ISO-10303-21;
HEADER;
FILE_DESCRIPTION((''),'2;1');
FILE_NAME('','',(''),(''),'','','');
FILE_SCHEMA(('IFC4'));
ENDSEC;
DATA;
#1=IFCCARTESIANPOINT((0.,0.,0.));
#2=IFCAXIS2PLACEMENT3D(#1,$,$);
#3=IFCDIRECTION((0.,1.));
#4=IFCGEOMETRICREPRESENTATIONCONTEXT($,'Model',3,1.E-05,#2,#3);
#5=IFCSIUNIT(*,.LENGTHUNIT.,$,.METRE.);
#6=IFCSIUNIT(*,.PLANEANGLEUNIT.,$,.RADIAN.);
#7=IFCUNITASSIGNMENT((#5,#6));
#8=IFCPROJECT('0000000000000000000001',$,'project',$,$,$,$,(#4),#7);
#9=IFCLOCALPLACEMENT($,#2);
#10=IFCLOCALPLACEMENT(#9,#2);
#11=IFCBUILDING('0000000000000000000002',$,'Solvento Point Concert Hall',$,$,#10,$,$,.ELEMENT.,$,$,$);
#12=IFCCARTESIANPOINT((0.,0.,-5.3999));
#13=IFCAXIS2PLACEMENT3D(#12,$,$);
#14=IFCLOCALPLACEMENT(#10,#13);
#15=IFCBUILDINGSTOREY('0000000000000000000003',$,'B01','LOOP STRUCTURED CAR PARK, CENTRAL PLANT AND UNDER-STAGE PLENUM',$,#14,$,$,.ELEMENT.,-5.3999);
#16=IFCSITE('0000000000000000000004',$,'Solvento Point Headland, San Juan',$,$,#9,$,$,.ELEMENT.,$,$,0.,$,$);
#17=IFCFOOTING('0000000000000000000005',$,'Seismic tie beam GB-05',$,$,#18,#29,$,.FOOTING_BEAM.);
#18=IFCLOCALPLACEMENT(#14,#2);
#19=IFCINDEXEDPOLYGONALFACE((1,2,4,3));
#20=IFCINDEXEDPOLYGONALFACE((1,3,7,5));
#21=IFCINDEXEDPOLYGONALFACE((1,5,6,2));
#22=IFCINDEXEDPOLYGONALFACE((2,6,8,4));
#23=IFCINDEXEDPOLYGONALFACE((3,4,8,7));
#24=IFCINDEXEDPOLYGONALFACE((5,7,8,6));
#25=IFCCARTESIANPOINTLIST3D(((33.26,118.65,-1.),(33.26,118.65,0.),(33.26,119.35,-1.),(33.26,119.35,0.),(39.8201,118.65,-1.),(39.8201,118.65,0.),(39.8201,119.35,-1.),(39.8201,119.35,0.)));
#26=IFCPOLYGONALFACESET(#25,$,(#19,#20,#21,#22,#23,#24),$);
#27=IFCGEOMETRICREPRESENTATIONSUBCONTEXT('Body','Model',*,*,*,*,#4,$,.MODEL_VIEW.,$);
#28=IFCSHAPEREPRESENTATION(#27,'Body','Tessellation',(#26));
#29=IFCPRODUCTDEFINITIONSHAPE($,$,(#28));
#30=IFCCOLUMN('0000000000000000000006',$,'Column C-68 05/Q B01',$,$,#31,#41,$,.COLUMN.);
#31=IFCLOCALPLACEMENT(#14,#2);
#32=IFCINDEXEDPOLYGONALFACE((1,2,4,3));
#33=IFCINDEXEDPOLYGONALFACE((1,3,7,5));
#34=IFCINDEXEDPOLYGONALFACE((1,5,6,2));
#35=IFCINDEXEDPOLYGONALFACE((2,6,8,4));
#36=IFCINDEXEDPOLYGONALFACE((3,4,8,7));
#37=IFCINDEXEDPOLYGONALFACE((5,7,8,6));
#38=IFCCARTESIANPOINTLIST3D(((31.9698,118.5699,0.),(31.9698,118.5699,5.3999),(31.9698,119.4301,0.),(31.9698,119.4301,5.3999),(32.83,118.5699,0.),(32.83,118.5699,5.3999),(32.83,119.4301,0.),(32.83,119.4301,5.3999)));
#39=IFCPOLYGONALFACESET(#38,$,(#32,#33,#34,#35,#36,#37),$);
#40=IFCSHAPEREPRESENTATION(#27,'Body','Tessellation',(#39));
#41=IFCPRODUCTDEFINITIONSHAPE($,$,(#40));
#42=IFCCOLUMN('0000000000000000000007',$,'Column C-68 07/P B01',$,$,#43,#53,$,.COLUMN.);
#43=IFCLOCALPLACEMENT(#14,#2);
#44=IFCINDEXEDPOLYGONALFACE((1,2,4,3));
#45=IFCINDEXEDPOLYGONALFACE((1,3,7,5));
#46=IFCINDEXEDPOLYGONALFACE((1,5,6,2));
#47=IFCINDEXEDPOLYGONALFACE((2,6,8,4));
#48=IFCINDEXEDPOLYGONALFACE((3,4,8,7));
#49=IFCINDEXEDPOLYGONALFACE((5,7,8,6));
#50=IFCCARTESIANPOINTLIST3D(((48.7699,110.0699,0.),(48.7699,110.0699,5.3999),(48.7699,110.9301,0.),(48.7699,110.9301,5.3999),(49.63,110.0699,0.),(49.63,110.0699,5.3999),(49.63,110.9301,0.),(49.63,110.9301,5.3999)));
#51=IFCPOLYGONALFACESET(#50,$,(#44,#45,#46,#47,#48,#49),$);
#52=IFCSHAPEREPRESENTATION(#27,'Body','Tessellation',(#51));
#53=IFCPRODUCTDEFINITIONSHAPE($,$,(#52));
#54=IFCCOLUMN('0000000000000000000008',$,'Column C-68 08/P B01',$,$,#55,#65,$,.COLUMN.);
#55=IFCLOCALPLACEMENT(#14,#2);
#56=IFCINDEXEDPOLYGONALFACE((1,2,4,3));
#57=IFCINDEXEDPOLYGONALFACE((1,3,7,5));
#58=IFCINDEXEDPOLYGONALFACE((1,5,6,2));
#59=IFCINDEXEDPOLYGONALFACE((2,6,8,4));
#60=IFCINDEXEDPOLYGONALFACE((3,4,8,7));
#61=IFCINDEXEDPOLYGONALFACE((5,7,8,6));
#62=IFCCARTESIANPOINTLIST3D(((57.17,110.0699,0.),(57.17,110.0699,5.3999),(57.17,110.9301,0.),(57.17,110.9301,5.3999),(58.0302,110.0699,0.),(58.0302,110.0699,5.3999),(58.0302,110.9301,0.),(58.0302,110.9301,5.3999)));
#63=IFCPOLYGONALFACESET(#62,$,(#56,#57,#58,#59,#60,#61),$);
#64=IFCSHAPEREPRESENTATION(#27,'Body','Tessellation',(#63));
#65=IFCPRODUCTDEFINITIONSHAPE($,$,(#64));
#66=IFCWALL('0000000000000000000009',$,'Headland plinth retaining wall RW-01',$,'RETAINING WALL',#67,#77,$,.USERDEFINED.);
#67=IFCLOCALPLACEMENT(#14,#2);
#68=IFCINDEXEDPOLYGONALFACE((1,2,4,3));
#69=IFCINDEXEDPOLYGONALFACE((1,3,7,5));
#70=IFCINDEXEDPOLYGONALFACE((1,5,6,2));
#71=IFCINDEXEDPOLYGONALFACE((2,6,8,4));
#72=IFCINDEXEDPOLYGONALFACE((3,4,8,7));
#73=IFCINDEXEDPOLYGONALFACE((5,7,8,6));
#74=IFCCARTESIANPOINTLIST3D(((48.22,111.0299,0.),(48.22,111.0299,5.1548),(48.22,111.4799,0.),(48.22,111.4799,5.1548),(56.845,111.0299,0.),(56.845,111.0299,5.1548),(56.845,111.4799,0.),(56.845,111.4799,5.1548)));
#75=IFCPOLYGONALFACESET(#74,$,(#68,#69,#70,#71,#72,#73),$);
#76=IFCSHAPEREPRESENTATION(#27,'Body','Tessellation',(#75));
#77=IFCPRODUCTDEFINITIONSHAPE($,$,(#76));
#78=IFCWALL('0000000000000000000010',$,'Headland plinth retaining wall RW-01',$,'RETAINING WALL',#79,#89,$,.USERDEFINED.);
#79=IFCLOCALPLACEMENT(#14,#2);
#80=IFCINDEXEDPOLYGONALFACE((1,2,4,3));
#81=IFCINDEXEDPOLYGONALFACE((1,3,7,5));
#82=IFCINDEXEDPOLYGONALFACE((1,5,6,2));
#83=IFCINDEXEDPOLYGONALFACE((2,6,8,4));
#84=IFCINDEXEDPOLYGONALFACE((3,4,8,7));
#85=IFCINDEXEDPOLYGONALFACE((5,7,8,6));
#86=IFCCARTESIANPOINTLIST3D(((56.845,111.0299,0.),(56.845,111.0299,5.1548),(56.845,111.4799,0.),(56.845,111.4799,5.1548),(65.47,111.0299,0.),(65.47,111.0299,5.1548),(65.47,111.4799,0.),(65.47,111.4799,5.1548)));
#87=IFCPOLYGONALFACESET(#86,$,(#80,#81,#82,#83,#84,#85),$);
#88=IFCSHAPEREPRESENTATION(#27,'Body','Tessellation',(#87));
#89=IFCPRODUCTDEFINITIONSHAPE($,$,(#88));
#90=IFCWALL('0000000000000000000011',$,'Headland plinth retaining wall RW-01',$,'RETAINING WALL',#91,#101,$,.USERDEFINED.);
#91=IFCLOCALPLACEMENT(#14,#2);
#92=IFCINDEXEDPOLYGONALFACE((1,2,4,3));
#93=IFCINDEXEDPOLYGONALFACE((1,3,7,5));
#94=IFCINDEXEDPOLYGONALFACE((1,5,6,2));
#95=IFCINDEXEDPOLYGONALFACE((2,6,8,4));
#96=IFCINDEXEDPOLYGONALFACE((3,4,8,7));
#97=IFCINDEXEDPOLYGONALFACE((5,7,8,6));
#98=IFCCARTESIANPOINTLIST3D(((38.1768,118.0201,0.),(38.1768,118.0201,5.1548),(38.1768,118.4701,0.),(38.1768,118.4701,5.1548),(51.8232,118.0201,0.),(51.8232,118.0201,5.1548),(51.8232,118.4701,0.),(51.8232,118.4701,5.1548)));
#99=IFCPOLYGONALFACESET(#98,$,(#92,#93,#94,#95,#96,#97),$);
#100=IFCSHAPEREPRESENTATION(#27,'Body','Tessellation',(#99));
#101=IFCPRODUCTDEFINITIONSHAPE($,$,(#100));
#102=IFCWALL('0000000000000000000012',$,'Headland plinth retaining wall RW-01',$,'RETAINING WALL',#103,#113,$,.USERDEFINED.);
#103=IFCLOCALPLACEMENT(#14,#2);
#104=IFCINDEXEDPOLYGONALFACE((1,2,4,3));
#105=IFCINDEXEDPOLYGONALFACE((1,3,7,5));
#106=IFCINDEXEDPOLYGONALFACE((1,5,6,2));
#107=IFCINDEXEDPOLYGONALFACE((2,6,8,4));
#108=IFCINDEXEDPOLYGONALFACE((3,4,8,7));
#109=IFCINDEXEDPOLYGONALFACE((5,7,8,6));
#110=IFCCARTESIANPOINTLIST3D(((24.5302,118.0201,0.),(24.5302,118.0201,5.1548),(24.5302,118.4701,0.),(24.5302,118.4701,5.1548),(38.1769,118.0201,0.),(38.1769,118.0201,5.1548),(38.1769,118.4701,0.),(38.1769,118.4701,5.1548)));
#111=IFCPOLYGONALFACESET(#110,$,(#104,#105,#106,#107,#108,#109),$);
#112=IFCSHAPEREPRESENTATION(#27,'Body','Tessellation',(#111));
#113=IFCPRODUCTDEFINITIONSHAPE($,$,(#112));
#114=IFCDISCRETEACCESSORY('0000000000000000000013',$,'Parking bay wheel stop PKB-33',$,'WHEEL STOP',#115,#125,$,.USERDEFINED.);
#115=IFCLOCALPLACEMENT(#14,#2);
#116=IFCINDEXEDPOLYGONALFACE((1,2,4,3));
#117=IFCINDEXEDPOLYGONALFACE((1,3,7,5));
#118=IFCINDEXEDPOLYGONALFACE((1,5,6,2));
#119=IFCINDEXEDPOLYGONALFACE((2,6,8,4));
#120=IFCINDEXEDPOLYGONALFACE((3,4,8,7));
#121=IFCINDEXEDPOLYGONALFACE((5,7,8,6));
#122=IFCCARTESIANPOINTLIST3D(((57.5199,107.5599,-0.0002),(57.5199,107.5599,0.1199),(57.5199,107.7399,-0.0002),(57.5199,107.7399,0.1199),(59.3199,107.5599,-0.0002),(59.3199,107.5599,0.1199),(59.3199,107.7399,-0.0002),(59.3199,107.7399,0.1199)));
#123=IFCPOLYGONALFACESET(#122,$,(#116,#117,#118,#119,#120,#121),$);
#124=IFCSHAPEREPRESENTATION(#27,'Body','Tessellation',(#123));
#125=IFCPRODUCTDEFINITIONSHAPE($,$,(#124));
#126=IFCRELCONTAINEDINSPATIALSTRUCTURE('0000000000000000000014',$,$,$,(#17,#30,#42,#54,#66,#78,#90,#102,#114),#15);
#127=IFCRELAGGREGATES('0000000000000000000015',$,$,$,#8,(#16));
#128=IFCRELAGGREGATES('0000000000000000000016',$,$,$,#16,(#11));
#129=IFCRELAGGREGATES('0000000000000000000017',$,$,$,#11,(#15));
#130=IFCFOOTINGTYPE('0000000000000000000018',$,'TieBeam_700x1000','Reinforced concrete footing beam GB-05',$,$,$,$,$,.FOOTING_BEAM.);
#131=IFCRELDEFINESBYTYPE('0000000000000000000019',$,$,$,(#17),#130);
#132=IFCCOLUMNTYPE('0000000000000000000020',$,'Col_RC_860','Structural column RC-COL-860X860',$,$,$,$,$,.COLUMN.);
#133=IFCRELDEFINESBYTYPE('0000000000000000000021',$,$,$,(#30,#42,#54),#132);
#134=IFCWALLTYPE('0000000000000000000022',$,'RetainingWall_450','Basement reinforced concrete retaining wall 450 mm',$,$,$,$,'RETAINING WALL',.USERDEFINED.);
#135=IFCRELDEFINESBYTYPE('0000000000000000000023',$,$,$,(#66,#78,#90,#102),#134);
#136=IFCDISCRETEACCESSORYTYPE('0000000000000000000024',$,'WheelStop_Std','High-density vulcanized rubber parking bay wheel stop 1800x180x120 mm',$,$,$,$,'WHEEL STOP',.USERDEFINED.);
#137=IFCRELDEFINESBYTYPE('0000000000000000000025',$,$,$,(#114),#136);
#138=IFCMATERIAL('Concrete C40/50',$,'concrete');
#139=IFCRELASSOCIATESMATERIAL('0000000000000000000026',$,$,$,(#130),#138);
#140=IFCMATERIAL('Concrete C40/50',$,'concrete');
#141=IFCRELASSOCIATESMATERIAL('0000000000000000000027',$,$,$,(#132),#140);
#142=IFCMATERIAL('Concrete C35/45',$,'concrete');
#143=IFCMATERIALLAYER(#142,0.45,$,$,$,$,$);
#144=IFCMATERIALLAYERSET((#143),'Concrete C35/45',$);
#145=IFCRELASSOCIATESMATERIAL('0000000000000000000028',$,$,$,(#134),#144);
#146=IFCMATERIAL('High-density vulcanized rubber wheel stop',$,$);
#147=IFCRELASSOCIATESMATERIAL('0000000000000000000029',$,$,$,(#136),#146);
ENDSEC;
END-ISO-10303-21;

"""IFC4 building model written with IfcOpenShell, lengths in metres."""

from ifc_helpers import new_model, si_unit, direction, frame, frame_2d, origin, origin_2d, place, context, subcontext, project, spatial, rectangle, extrude, material, layer, layer_set, material_profile, profile_set, type_object, element, save


model = new_model("IFC4")

# Units and contexts
model_context = context("Model", 3, precision=1e-05, world=origin(), true_north=direction((0.0, 1.0)))
body_context = subcontext(model_context, "Body", "Model", "MODEL_VIEW")
ifc_project = project(units=[si_unit("LENGTHUNIT", "METRE"), si_unit("PLANEANGLEUNIT", "RADIAN")], contexts=[model_context])

# Site, building, storey
site_placement = place(None, origin())
site = spatial("IfcSite", under=ifc_project, at=site_placement, Name="Solvento Point Headland, San Juan", CompositionType="ELEMENT", RefElevation=0.0)
building_placement = place(site_placement, origin())
building = spatial("IfcBuilding", under=site, at=building_placement, Name="Solvento Point Concert Hall", CompositionType="ELEMENT")
storey_placement = place(building_placement, frame((0.0, 0.0, -5.3999)))
storey = spatial("IfcBuildingStorey", under=building, at=storey_placement, Name="B01", Description="LOOP STRUCTURED CAR PARK, CENTRAL PLANT AND UNDER-STAGE PLENUM", CompositionType="ELEMENT", Elevation=-5.3999)

# Footing
ifc_material_1 = material(Name="Concrete C40/50", Category="concrete")
footing_type_1 = type_object("IfcFootingType", Name="TieBeam_700x1000", Description="Reinforced concrete footing beam GB-05", PredefinedType="FOOTING_BEAM", material=ifc_material_1)
footing_1_placement = place(storey_placement, frame((36.54, 119.0, -1.0), z_axis=(0.0, 0.0, 1.0), x_axis=(1.0, 0.0, 0.0)))
element("IfcFooting", 1, at=footing_1_placement, inside=storey, type_object=footing_type_1, Name="Seismic tie beam GB-05", PredefinedType="FOOTING_BEAM", context=body_context, shape_type="SweptSolid", body=[
    extrude(rectangle(XDim=6.5601, YDim=0.7, at=origin_2d()), origin(), (0.0, 0.0, 1.0), 1.0),
])

# Columns
ifc_material_2 = material(Name="Concrete C40/50", Category="concrete")
ifc_material_profile_1 = material_profile(ifc_material_2, rectangle(XDim=0.8601, YDim=0.8601, at=origin_2d()), Name="RC-COL-860X860")
ifc_profile_set_1 = profile_set([ifc_material_profile_1], Name="Concrete C40/50")
column_type = type_object("IfcColumnType", Name="Col_RC_860", Description="Structural column RC-COL-860X860", PredefinedType="COLUMN", material=ifc_profile_set_1)
for number, where, z_axis, x_axis, name in (
    (2, (32.3999, 119.0, 0.0), (0.0, 0.0, 1.0), (1.0, 0.0, 0.0), "Column C-68 05/Q B01"),
    (3, (49.2, 110.5, 0.0), (0.0, 0.0, 1.0), (1.0, 0.0, 0.0), "Column C-68 07/P B01"),
    (4, (57.6001, 110.5, 0.0), (0.0, 0.0, 1.0), (1.0, 0.0, 0.0), "Column C-68 08/P B01"),
):
    element("IfcColumn", number, at=place(storey_placement, frame(where, z_axis=z_axis, x_axis=x_axis)), inside=storey, type_object=column_type, Name=name, PredefinedType="COLUMN", context=body_context, shape_type="SweptSolid", body=[
        extrude(rectangle(XDim=0.8601, YDim=0.8601, at=origin_2d()), origin(), (0.0, 0.0, 1.0), 5.3999),
    ])

# Walls
ifc_material_3 = material(Name="Concrete C35/45", Category="concrete")
ifc_layer = layer(ifc_material_3, 0.45)
ifc_layer_set = layer_set([ifc_layer], Name="Concrete C35/45")
wall_type = type_object("IfcWallType", Name="RetainingWall_450", Description="Basement reinforced concrete retaining wall 450 mm", ElementType="RETAINING WALL", PredefinedType="USERDEFINED", material=ifc_layer_set)
for number, where, z_axis, x_axis, name in (
    (5, (48.22, 111.2549, 0.0), (0.0, 0.0, 1.0), (1.0, 0.0, 0.0), "Headland plinth retaining wall RW-01"),
    (6, (56.845, 111.2549, 0.0), (0.0, 0.0, 1.0), (1.0, 0.0, 0.0), "Headland plinth retaining wall RW-01"),
):
    element("IfcWall", number, at=place(storey_placement, frame(where, z_axis=z_axis, x_axis=x_axis)), inside=storey, type_object=wall_type, Name=name, ObjectType="RETAINING WALL", PredefinedType="USERDEFINED", context=body_context, shape_type="SweptSolid", body=[
        extrude(rectangle(XDim=8.625, YDim=0.45, at=frame_2d((4.3125, 0.0))), origin(), (0.0, 0.0, 1.0), 5.1548),
    ])
wall_1_placement = place(storey_placement, frame((51.8232, 118.2451, 0.0), z_axis=(0.0, 0.0, 1.0), x_axis=(-1.0, 0.0, 0.0)))
element("IfcWall", 7, at=wall_1_placement, inside=storey, type_object=wall_type, Name="Headland plinth retaining wall RW-01", ObjectType="RETAINING WALL", PredefinedType="USERDEFINED", context=body_context, shape_type="SweptSolid", body=[
    extrude(rectangle(XDim=13.6465, YDim=0.45, at=frame_2d((6.8232, 0.0))), origin(), (0.0, 0.0, 1.0), 5.1548),
])
wall_2_placement = place(storey_placement, frame((38.1768, 118.2451, 0.0), z_axis=(0.0, 0.0, 1.0), x_axis=(-1.0, 0.0, 0.0)))
element("IfcWall", 8, at=wall_2_placement, inside=storey, type_object=wall_type, Name="Headland plinth retaining wall RW-01", ObjectType="RETAINING WALL", PredefinedType="USERDEFINED", context=body_context, shape_type="SweptSolid", body=[
    extrude(rectangle(XDim=13.6467, YDim=0.45, at=frame_2d((6.8232, 0.0))), origin(), (0.0, 0.0, 1.0), 5.1548),
])

# Discrete accessory
ifc_material_4 = material(Name="High-density vulcanized rubber wheel stop")
discrete_accessory_type = type_object("IfcDiscreteAccessoryType", Name="WheelStop_Std", Description="High-density vulcanized rubber parking bay wheel stop 1800x180x120 mm", ElementType="WHEEL STOP", PredefinedType="USERDEFINED", material=ifc_material_4)
discrete_accessory_placement = place(storey_placement, frame((58.4199, 107.6499, -0.0002), z_axis=(0.0, 0.0, 1.0), x_axis=(1.0, 0.0, 0.0)))
element("IfcDiscreteAccessory", 9, at=discrete_accessory_placement, inside=storey, type_object=discrete_accessory_type, Name="Parking bay wheel stop PKB-33", ObjectType="WHEEL STOP", PredefinedType="USERDEFINED", context=body_context, shape_type="SweptSolid", body=[
    extrude(rectangle(XDim=1.8, YDim=0.1799, at=origin_2d()), origin(), (0.0, 0.0, 1.0), 0.1201),
])

save(model, "model.ifc")
